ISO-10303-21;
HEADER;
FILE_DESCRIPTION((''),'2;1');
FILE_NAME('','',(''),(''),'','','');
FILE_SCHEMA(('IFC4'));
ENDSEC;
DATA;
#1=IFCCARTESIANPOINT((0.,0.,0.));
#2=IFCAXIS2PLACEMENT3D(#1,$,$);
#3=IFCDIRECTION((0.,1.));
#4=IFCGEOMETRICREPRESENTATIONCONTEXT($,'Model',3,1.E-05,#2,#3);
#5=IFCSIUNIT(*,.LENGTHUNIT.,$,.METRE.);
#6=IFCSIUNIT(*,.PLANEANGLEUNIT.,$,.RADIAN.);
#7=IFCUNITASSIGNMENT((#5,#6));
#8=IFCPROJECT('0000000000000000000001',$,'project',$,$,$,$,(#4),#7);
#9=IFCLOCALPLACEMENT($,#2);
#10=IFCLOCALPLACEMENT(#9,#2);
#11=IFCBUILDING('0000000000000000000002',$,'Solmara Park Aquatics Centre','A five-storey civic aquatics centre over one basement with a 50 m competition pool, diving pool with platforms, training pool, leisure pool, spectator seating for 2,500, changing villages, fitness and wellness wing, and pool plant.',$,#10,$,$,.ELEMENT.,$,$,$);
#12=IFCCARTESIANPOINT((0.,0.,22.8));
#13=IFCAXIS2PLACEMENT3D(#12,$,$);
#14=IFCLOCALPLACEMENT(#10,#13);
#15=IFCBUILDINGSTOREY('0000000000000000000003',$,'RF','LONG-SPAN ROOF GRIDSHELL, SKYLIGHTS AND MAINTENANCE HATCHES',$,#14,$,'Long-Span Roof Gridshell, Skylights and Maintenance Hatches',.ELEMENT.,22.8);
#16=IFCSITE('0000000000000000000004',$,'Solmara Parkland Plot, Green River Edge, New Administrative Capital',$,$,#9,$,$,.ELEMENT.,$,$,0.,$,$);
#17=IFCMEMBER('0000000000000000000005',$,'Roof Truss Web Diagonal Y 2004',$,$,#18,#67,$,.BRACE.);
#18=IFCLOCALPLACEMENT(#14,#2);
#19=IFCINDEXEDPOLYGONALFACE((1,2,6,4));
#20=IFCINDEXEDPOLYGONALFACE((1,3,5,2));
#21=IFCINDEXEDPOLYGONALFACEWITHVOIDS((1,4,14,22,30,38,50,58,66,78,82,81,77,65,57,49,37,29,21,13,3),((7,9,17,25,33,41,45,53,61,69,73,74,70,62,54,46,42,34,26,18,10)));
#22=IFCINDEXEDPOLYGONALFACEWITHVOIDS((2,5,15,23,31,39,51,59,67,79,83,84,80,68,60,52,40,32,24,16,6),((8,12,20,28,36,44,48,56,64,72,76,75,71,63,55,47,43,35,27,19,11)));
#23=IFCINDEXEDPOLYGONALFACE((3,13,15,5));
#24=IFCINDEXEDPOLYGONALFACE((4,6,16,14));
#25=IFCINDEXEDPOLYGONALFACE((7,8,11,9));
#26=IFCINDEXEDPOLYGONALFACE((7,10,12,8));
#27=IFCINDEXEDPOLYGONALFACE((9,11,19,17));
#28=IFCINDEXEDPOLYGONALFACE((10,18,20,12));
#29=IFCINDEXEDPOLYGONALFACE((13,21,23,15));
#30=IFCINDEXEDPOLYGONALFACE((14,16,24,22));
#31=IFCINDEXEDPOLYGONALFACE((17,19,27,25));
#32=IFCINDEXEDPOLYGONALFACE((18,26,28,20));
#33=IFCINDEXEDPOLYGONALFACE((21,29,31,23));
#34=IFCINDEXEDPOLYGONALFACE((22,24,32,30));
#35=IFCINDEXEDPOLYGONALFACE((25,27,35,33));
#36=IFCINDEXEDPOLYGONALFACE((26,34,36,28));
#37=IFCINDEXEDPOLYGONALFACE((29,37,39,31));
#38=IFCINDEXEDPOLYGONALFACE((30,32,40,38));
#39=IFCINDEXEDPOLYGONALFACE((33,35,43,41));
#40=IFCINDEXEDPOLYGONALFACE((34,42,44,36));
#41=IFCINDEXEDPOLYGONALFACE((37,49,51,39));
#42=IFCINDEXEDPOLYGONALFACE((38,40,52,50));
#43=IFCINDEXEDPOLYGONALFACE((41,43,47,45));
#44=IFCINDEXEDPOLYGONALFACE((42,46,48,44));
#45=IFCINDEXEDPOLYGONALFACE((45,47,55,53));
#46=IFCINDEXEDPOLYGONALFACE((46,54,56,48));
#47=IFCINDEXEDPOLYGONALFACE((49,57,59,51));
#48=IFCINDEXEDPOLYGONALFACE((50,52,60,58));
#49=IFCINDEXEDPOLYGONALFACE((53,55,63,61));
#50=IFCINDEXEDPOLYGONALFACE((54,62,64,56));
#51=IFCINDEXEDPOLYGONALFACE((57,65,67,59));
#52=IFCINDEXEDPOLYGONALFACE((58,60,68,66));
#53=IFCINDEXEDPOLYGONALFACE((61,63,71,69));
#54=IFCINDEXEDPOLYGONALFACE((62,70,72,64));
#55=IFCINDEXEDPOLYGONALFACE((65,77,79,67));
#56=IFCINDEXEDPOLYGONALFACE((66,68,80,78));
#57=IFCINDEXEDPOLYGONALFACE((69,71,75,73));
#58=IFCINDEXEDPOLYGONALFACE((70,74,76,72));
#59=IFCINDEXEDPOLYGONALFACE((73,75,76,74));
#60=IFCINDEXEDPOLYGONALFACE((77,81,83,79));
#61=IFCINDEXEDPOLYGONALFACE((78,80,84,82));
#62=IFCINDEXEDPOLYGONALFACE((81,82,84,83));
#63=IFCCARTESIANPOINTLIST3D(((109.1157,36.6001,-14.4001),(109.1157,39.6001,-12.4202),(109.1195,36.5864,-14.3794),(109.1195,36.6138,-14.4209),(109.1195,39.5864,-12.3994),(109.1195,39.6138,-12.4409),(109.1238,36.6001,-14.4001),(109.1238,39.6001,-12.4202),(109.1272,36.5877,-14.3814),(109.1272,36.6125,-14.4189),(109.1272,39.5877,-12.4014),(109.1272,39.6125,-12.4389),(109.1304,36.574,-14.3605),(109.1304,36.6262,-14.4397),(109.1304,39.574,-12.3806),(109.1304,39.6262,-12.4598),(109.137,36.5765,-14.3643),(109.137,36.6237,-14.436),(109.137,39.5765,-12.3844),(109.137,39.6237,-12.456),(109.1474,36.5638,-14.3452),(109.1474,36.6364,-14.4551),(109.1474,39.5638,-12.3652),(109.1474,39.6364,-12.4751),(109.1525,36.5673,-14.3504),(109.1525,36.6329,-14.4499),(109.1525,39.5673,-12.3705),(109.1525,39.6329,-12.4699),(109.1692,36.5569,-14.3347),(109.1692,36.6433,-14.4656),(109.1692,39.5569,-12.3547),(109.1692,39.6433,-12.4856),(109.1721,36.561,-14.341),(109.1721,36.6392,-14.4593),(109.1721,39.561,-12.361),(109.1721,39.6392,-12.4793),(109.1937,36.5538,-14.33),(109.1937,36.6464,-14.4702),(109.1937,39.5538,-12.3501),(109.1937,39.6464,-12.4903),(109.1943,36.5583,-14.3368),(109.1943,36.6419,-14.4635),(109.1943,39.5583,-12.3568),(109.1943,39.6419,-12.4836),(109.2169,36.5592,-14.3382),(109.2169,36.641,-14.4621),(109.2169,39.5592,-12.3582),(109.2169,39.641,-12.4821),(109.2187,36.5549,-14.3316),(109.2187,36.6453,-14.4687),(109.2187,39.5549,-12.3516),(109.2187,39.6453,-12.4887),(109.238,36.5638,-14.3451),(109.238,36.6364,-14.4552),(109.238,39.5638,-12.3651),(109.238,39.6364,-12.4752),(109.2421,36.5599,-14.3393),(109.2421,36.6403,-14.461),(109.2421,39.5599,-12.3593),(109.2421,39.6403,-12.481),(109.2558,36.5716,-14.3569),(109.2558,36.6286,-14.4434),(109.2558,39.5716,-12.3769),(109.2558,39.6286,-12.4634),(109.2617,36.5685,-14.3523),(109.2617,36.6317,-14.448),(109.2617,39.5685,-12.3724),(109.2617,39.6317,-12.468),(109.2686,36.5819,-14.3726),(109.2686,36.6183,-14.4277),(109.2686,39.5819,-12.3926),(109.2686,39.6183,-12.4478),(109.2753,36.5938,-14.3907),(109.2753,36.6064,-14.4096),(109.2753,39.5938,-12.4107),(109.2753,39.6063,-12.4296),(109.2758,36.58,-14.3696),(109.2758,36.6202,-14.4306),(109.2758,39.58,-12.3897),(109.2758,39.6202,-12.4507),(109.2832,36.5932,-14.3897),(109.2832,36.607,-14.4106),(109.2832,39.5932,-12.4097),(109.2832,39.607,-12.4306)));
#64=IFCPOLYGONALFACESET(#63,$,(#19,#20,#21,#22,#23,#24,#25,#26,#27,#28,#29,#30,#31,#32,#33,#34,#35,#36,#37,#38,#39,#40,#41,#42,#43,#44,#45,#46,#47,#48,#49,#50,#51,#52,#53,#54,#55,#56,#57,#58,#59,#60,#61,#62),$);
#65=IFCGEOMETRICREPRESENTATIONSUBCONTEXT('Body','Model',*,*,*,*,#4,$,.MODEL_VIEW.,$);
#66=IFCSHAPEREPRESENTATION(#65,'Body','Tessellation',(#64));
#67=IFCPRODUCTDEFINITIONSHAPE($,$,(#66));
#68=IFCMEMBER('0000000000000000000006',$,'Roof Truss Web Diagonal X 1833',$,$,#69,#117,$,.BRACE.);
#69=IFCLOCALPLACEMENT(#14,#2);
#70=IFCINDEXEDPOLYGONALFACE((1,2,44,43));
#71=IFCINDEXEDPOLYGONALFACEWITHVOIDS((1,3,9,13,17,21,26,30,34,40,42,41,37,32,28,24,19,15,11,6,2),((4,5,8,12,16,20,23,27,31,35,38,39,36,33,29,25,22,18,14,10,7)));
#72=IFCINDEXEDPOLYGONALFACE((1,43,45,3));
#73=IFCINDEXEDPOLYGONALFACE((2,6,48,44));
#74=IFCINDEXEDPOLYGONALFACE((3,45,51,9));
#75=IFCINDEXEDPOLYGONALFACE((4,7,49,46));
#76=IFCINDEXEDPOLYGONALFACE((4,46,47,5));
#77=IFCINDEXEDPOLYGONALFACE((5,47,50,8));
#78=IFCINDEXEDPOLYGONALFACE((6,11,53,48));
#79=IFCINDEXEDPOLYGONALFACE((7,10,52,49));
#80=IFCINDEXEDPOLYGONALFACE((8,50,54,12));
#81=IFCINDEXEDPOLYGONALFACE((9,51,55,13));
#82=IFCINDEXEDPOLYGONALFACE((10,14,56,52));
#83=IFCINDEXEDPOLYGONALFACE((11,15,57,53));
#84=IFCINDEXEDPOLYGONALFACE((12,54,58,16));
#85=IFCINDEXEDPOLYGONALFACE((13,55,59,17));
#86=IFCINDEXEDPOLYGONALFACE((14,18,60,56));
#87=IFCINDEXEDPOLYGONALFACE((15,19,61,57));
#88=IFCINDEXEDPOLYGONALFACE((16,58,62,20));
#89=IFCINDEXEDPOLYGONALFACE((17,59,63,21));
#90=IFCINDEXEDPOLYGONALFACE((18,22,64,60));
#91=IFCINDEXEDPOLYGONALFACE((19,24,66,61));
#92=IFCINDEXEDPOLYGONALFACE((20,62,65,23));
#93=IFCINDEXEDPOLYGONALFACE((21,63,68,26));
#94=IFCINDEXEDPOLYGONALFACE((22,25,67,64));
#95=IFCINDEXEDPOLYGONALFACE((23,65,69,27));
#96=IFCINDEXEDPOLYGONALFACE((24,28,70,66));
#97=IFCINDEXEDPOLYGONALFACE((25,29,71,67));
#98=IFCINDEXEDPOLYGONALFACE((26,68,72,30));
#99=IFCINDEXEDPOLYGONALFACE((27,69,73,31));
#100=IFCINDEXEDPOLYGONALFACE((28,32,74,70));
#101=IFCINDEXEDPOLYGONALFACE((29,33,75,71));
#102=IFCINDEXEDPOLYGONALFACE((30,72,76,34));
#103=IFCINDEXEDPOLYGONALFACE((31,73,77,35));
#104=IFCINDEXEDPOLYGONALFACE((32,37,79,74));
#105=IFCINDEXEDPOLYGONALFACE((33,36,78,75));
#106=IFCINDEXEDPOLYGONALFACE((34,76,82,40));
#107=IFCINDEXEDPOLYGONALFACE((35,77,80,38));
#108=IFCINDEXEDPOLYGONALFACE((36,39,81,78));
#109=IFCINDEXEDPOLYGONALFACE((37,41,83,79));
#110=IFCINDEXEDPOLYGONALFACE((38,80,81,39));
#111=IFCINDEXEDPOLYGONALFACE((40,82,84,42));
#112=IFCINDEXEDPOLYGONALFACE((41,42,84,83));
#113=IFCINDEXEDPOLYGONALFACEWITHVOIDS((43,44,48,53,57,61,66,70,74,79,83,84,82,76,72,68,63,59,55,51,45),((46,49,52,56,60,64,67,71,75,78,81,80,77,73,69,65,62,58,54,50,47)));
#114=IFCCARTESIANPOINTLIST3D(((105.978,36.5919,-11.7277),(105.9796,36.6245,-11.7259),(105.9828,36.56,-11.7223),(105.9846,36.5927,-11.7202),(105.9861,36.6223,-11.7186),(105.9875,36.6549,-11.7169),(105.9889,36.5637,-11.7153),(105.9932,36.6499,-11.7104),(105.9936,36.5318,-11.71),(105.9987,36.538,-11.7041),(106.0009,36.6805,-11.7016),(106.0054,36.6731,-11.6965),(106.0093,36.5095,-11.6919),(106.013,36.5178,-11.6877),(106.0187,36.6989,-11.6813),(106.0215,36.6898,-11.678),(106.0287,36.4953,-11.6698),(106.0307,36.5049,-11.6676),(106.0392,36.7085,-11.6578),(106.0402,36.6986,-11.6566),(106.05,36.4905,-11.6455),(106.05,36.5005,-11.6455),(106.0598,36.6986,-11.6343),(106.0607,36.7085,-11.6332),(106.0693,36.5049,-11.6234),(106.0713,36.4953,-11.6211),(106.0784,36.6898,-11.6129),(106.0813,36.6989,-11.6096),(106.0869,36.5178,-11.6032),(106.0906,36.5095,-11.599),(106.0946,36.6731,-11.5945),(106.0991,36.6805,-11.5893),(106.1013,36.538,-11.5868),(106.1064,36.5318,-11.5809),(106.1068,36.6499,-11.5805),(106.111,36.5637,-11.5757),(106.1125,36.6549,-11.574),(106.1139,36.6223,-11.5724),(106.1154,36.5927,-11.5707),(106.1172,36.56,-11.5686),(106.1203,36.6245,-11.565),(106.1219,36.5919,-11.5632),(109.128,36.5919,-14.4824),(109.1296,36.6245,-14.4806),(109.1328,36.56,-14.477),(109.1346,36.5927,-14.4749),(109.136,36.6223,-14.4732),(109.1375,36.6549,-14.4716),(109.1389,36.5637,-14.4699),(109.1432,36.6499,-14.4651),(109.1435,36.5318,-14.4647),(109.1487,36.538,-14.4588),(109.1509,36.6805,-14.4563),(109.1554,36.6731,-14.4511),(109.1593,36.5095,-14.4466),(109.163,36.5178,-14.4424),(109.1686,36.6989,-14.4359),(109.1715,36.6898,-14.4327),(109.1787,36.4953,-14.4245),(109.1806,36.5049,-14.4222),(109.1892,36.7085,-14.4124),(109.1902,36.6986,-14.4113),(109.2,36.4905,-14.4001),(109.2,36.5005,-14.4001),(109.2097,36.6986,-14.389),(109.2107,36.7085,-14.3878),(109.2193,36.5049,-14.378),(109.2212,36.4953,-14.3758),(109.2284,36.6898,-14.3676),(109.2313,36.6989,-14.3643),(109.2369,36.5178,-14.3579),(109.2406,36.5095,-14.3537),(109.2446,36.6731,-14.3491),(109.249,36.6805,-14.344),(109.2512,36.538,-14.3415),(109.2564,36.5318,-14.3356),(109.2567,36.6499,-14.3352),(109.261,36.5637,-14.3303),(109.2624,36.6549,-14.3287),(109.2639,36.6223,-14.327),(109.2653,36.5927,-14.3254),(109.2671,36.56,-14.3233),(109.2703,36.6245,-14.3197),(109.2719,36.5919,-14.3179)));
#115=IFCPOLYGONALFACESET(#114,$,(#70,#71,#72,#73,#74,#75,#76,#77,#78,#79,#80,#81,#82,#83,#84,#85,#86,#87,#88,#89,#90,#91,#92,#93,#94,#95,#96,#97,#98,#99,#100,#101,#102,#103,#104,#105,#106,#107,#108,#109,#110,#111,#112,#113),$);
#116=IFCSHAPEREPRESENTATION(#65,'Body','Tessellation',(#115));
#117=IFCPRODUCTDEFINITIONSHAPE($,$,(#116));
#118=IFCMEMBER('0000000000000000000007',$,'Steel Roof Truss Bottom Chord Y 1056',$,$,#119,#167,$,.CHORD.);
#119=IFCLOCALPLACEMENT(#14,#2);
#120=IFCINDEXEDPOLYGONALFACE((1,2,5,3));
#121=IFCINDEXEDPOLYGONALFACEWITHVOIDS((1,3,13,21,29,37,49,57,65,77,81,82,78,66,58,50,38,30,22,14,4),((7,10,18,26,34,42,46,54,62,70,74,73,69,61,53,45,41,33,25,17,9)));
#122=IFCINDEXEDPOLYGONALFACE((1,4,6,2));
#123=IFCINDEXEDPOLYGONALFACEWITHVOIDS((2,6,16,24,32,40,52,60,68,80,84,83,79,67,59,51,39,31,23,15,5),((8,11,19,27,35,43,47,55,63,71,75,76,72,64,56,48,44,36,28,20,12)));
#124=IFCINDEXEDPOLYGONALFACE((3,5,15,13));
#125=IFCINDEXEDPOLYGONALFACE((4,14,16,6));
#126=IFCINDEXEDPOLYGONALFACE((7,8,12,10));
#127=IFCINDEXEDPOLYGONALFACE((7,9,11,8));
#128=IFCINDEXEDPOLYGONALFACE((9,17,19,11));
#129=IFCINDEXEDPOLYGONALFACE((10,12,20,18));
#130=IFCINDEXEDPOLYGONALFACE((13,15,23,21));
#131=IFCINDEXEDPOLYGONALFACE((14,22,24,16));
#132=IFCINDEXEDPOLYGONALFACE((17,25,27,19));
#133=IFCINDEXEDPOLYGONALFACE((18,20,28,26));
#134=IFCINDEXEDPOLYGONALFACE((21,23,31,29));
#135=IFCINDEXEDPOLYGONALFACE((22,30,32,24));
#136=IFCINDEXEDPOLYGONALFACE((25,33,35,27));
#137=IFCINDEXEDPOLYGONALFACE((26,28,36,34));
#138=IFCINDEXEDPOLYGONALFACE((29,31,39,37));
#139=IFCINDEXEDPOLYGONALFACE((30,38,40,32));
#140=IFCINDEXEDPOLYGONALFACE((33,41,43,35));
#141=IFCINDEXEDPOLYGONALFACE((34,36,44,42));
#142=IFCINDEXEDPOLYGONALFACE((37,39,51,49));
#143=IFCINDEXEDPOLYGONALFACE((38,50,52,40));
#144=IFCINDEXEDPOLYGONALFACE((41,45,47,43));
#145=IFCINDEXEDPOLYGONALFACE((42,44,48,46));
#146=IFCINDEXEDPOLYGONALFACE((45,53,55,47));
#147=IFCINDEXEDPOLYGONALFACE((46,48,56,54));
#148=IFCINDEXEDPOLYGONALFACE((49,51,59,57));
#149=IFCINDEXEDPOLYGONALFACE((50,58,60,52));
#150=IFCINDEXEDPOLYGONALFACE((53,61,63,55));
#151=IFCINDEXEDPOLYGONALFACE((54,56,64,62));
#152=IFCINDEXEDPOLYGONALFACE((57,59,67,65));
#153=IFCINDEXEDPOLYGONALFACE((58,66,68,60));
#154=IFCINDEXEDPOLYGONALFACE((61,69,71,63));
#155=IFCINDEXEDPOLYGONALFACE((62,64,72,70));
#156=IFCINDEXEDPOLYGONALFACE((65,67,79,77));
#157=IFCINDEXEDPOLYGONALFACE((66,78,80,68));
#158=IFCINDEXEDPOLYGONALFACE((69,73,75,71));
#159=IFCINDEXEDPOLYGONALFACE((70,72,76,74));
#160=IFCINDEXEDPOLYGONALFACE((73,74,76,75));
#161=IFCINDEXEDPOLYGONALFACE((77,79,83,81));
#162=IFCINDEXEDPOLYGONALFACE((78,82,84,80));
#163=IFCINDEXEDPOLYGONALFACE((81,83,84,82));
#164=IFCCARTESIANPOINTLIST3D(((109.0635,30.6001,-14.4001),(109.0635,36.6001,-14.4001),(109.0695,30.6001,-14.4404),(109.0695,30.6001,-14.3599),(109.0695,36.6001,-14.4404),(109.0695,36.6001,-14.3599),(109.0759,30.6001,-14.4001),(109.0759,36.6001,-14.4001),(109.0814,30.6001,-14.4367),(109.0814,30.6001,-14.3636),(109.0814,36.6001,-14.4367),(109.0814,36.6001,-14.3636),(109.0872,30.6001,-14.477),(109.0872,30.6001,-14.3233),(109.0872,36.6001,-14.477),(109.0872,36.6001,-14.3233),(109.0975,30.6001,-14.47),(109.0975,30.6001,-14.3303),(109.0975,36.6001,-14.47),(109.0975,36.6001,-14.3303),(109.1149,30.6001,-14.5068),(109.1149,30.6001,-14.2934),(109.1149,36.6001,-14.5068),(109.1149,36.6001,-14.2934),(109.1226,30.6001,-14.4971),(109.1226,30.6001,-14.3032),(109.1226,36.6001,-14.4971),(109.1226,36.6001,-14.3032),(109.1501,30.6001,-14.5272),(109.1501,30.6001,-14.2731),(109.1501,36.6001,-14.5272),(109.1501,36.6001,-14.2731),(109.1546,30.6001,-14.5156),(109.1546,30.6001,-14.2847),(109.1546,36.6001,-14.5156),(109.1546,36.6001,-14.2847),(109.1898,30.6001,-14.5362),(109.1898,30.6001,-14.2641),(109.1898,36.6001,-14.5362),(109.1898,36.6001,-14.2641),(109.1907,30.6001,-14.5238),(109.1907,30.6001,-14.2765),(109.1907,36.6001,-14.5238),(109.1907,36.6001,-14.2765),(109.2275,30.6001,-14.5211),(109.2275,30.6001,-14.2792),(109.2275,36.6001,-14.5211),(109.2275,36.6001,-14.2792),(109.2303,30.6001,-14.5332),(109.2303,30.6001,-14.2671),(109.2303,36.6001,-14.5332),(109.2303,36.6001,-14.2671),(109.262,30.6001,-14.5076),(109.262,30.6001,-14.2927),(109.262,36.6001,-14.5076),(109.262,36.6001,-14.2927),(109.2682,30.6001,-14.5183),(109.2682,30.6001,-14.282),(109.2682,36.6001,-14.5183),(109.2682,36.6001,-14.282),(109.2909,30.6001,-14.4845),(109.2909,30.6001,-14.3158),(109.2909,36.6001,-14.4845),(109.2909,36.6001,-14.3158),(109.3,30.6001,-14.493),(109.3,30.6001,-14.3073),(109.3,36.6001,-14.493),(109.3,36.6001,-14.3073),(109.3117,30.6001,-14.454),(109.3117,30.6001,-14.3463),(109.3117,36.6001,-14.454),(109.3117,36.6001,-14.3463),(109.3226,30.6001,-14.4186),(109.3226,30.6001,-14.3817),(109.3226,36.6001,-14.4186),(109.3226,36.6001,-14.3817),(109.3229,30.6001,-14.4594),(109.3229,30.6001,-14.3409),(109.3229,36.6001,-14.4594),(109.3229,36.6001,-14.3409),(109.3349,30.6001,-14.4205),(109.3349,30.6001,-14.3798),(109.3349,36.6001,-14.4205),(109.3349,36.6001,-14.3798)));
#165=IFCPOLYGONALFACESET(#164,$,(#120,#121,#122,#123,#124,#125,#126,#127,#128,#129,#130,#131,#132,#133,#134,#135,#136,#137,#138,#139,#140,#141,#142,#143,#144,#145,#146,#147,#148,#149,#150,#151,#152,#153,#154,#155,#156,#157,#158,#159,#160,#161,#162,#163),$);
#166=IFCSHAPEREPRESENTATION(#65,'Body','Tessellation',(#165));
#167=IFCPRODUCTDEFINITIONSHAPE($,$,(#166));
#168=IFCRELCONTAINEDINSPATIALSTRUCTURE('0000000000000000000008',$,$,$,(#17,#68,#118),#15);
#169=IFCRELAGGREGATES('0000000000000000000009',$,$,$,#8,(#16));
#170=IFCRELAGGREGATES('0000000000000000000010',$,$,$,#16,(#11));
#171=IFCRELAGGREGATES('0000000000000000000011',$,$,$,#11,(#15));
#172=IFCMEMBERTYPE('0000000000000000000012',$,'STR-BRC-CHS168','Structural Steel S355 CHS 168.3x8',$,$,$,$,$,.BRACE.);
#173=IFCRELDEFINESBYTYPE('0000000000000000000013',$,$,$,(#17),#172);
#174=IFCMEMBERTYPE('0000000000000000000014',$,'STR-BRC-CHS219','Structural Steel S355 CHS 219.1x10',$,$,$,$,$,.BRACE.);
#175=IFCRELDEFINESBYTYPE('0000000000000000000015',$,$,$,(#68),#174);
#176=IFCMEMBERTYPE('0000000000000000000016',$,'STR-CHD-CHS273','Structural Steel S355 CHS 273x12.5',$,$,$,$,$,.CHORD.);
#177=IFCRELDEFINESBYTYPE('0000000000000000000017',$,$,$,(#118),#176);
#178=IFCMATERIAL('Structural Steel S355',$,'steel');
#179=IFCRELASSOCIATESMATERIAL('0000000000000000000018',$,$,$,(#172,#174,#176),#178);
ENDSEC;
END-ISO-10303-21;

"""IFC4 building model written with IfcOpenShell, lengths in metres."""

from ifc_helpers import new_model, si_unit, direction, frame, origin, origin_2d, place, context, subcontext, project, spatial, hollow_circle, extrude, material, material_profile, profile_set, type_object, element, save


model = new_model("IFC4")

# Units and contexts
model_context = context("Model", 3, precision=1e-05, world=origin(), true_north=direction((0.0, 1.0)))
body_context = subcontext(model_context, "Body", "Model", "MODEL_VIEW")
ifc_project = project(units=[si_unit("LENGTHUNIT", "METRE"), si_unit("PLANEANGLEUNIT", "RADIAN")], contexts=[model_context])

# Site, building, storey
site_placement = place(None, origin())
site = spatial("IfcSite", under=ifc_project, at=site_placement, Name="Solmara Parkland Plot, Green River Edge, New Administrative Capital", CompositionType="ELEMENT", RefElevation=0.0)
building_placement = place(site_placement, origin())
building = spatial("IfcBuilding", under=site, at=building_placement, Name="Solmara Park Aquatics Centre", Description="A five-storey civic aquatics centre over one basement with a 50 m competition pool, diving pool with platforms, training pool, leisure pool, spectator seating for 2,500, changing villages, fitness and wellness wing, and pool plant.", CompositionType="ELEMENT")
storey_placement = place(building_placement, frame((0.0, 0.0, 22.8)))
storey = spatial("IfcBuildingStorey", under=building, at=storey_placement, Name="RF", Description="LONG-SPAN ROOF GRIDSHELL, SKYLIGHTS AND MAINTENANCE HATCHES", LongName="Long-Span Roof Gridshell, Skylights and Maintenance Hatches", CompositionType="ELEMENT", Elevation=22.8)

# Shared definitions
ifc_material_1 = material(Name="Structural Steel S355", Category="steel")

# Members
ifc_material_profile_1 = material_profile(ifc_material_1, hollow_circle(Radius=0.0842, WallThickness=0.0081, at=origin_2d()), Name="CHS 168.3x8")
ifc_profile_set_1 = profile_set([ifc_material_profile_1], Name="Structural Steel S355")
member_type_1 = type_object("IfcMemberType", Name="STR-BRC-CHS168", Description="Structural Steel S355 CHS 168.3x8", PredefinedType="BRACE", material=ifc_profile_set_1)
for number, where, z_axis, x_axis, name in (
    (1, (109.2, 36.6001, -14.4001), (0.0, 0.834612, 0.550838), (-1.0, 0.0, 0.0), "Roof Truss Web Diagonal Y 2004"),
):
    element("IfcMember", number, at=place(storey_placement, frame(where, z_axis=z_axis, x_axis=x_axis)), inside=storey, type_object=member_type_1, Name=name, PredefinedType="BRACE", context=body_context, shape_type="SweptSolid", body=[
        extrude(hollow_circle(Radius=0.0842, WallThickness=0.0081, at=origin_2d()), origin(), (0.0, 0.0, 1.0), 3.5945),
    ])
ifc_material_profile_2 = material_profile(ifc_material_1, hollow_circle(Radius=0.1096, WallThickness=0.01, at=origin_2d()), Name="CHS 219.1x10")
ifc_profile_set_2 = profile_set([ifc_material_profile_2], Name="Structural Steel S355")
member_type_2 = type_object("IfcMemberType", Name="STR-BRC-CHS219", Description="Structural Steel S355 CHS 219.1x10", PredefinedType="BRACE", material=ifc_profile_set_2)
member_1_placement = place(storey_placement, frame((109.2, 36.6001, -14.4001), z_axis=(-0.752757, 0.0, 0.658298), x_axis=(0.0, -1.0, 0.0)))
element("IfcMember", 2, at=member_1_placement, inside=storey, type_object=member_type_2, Name="Roof Truss Web Diagonal X 1833", PredefinedType="BRACE", context=body_context, shape_type="SweptSolid", body=[
    extrude(hollow_circle(Radius=0.1096, WallThickness=0.01, at=origin_2d()), origin(), (0.0, 0.0, 1.0), 4.1846),
])
ifc_material_profile_3 = material_profile(ifc_material_1, hollow_circle(Radius=0.1365, WallThickness=0.0125, at=origin_2d()), Name="CHS 273x12.5")
ifc_profile_set_3 = profile_set([ifc_material_profile_3], Name="Structural Steel S355")
member_type_3 = type_object("IfcMemberType", Name="STR-CHD-CHS273", Description="Structural Steel S355 CHS 273x12.5", PredefinedType="CHORD", material=ifc_profile_set_3)
for number, where, z_axis, x_axis, name in (
    (3, (109.2, 30.6001, -14.4001), (0.0, 1.0, 0.0), (-1.0, 0.0, 0.0), "Steel Roof Truss Bottom Chord Y 1056"),
):
    element("IfcMember", number, at=place(storey_placement, frame(where, z_axis=z_axis, x_axis=x_axis)), inside=storey, type_object=member_type_3, Name=name, PredefinedType="CHORD", context=body_context, shape_type="SweptSolid", body=[
        extrude(hollow_circle(Radius=0.1365, WallThickness=0.0125, at=origin_2d()), origin(), (0.0, 0.0, 1.0), 6.0),
    ])

save(model, "model.ifc")
